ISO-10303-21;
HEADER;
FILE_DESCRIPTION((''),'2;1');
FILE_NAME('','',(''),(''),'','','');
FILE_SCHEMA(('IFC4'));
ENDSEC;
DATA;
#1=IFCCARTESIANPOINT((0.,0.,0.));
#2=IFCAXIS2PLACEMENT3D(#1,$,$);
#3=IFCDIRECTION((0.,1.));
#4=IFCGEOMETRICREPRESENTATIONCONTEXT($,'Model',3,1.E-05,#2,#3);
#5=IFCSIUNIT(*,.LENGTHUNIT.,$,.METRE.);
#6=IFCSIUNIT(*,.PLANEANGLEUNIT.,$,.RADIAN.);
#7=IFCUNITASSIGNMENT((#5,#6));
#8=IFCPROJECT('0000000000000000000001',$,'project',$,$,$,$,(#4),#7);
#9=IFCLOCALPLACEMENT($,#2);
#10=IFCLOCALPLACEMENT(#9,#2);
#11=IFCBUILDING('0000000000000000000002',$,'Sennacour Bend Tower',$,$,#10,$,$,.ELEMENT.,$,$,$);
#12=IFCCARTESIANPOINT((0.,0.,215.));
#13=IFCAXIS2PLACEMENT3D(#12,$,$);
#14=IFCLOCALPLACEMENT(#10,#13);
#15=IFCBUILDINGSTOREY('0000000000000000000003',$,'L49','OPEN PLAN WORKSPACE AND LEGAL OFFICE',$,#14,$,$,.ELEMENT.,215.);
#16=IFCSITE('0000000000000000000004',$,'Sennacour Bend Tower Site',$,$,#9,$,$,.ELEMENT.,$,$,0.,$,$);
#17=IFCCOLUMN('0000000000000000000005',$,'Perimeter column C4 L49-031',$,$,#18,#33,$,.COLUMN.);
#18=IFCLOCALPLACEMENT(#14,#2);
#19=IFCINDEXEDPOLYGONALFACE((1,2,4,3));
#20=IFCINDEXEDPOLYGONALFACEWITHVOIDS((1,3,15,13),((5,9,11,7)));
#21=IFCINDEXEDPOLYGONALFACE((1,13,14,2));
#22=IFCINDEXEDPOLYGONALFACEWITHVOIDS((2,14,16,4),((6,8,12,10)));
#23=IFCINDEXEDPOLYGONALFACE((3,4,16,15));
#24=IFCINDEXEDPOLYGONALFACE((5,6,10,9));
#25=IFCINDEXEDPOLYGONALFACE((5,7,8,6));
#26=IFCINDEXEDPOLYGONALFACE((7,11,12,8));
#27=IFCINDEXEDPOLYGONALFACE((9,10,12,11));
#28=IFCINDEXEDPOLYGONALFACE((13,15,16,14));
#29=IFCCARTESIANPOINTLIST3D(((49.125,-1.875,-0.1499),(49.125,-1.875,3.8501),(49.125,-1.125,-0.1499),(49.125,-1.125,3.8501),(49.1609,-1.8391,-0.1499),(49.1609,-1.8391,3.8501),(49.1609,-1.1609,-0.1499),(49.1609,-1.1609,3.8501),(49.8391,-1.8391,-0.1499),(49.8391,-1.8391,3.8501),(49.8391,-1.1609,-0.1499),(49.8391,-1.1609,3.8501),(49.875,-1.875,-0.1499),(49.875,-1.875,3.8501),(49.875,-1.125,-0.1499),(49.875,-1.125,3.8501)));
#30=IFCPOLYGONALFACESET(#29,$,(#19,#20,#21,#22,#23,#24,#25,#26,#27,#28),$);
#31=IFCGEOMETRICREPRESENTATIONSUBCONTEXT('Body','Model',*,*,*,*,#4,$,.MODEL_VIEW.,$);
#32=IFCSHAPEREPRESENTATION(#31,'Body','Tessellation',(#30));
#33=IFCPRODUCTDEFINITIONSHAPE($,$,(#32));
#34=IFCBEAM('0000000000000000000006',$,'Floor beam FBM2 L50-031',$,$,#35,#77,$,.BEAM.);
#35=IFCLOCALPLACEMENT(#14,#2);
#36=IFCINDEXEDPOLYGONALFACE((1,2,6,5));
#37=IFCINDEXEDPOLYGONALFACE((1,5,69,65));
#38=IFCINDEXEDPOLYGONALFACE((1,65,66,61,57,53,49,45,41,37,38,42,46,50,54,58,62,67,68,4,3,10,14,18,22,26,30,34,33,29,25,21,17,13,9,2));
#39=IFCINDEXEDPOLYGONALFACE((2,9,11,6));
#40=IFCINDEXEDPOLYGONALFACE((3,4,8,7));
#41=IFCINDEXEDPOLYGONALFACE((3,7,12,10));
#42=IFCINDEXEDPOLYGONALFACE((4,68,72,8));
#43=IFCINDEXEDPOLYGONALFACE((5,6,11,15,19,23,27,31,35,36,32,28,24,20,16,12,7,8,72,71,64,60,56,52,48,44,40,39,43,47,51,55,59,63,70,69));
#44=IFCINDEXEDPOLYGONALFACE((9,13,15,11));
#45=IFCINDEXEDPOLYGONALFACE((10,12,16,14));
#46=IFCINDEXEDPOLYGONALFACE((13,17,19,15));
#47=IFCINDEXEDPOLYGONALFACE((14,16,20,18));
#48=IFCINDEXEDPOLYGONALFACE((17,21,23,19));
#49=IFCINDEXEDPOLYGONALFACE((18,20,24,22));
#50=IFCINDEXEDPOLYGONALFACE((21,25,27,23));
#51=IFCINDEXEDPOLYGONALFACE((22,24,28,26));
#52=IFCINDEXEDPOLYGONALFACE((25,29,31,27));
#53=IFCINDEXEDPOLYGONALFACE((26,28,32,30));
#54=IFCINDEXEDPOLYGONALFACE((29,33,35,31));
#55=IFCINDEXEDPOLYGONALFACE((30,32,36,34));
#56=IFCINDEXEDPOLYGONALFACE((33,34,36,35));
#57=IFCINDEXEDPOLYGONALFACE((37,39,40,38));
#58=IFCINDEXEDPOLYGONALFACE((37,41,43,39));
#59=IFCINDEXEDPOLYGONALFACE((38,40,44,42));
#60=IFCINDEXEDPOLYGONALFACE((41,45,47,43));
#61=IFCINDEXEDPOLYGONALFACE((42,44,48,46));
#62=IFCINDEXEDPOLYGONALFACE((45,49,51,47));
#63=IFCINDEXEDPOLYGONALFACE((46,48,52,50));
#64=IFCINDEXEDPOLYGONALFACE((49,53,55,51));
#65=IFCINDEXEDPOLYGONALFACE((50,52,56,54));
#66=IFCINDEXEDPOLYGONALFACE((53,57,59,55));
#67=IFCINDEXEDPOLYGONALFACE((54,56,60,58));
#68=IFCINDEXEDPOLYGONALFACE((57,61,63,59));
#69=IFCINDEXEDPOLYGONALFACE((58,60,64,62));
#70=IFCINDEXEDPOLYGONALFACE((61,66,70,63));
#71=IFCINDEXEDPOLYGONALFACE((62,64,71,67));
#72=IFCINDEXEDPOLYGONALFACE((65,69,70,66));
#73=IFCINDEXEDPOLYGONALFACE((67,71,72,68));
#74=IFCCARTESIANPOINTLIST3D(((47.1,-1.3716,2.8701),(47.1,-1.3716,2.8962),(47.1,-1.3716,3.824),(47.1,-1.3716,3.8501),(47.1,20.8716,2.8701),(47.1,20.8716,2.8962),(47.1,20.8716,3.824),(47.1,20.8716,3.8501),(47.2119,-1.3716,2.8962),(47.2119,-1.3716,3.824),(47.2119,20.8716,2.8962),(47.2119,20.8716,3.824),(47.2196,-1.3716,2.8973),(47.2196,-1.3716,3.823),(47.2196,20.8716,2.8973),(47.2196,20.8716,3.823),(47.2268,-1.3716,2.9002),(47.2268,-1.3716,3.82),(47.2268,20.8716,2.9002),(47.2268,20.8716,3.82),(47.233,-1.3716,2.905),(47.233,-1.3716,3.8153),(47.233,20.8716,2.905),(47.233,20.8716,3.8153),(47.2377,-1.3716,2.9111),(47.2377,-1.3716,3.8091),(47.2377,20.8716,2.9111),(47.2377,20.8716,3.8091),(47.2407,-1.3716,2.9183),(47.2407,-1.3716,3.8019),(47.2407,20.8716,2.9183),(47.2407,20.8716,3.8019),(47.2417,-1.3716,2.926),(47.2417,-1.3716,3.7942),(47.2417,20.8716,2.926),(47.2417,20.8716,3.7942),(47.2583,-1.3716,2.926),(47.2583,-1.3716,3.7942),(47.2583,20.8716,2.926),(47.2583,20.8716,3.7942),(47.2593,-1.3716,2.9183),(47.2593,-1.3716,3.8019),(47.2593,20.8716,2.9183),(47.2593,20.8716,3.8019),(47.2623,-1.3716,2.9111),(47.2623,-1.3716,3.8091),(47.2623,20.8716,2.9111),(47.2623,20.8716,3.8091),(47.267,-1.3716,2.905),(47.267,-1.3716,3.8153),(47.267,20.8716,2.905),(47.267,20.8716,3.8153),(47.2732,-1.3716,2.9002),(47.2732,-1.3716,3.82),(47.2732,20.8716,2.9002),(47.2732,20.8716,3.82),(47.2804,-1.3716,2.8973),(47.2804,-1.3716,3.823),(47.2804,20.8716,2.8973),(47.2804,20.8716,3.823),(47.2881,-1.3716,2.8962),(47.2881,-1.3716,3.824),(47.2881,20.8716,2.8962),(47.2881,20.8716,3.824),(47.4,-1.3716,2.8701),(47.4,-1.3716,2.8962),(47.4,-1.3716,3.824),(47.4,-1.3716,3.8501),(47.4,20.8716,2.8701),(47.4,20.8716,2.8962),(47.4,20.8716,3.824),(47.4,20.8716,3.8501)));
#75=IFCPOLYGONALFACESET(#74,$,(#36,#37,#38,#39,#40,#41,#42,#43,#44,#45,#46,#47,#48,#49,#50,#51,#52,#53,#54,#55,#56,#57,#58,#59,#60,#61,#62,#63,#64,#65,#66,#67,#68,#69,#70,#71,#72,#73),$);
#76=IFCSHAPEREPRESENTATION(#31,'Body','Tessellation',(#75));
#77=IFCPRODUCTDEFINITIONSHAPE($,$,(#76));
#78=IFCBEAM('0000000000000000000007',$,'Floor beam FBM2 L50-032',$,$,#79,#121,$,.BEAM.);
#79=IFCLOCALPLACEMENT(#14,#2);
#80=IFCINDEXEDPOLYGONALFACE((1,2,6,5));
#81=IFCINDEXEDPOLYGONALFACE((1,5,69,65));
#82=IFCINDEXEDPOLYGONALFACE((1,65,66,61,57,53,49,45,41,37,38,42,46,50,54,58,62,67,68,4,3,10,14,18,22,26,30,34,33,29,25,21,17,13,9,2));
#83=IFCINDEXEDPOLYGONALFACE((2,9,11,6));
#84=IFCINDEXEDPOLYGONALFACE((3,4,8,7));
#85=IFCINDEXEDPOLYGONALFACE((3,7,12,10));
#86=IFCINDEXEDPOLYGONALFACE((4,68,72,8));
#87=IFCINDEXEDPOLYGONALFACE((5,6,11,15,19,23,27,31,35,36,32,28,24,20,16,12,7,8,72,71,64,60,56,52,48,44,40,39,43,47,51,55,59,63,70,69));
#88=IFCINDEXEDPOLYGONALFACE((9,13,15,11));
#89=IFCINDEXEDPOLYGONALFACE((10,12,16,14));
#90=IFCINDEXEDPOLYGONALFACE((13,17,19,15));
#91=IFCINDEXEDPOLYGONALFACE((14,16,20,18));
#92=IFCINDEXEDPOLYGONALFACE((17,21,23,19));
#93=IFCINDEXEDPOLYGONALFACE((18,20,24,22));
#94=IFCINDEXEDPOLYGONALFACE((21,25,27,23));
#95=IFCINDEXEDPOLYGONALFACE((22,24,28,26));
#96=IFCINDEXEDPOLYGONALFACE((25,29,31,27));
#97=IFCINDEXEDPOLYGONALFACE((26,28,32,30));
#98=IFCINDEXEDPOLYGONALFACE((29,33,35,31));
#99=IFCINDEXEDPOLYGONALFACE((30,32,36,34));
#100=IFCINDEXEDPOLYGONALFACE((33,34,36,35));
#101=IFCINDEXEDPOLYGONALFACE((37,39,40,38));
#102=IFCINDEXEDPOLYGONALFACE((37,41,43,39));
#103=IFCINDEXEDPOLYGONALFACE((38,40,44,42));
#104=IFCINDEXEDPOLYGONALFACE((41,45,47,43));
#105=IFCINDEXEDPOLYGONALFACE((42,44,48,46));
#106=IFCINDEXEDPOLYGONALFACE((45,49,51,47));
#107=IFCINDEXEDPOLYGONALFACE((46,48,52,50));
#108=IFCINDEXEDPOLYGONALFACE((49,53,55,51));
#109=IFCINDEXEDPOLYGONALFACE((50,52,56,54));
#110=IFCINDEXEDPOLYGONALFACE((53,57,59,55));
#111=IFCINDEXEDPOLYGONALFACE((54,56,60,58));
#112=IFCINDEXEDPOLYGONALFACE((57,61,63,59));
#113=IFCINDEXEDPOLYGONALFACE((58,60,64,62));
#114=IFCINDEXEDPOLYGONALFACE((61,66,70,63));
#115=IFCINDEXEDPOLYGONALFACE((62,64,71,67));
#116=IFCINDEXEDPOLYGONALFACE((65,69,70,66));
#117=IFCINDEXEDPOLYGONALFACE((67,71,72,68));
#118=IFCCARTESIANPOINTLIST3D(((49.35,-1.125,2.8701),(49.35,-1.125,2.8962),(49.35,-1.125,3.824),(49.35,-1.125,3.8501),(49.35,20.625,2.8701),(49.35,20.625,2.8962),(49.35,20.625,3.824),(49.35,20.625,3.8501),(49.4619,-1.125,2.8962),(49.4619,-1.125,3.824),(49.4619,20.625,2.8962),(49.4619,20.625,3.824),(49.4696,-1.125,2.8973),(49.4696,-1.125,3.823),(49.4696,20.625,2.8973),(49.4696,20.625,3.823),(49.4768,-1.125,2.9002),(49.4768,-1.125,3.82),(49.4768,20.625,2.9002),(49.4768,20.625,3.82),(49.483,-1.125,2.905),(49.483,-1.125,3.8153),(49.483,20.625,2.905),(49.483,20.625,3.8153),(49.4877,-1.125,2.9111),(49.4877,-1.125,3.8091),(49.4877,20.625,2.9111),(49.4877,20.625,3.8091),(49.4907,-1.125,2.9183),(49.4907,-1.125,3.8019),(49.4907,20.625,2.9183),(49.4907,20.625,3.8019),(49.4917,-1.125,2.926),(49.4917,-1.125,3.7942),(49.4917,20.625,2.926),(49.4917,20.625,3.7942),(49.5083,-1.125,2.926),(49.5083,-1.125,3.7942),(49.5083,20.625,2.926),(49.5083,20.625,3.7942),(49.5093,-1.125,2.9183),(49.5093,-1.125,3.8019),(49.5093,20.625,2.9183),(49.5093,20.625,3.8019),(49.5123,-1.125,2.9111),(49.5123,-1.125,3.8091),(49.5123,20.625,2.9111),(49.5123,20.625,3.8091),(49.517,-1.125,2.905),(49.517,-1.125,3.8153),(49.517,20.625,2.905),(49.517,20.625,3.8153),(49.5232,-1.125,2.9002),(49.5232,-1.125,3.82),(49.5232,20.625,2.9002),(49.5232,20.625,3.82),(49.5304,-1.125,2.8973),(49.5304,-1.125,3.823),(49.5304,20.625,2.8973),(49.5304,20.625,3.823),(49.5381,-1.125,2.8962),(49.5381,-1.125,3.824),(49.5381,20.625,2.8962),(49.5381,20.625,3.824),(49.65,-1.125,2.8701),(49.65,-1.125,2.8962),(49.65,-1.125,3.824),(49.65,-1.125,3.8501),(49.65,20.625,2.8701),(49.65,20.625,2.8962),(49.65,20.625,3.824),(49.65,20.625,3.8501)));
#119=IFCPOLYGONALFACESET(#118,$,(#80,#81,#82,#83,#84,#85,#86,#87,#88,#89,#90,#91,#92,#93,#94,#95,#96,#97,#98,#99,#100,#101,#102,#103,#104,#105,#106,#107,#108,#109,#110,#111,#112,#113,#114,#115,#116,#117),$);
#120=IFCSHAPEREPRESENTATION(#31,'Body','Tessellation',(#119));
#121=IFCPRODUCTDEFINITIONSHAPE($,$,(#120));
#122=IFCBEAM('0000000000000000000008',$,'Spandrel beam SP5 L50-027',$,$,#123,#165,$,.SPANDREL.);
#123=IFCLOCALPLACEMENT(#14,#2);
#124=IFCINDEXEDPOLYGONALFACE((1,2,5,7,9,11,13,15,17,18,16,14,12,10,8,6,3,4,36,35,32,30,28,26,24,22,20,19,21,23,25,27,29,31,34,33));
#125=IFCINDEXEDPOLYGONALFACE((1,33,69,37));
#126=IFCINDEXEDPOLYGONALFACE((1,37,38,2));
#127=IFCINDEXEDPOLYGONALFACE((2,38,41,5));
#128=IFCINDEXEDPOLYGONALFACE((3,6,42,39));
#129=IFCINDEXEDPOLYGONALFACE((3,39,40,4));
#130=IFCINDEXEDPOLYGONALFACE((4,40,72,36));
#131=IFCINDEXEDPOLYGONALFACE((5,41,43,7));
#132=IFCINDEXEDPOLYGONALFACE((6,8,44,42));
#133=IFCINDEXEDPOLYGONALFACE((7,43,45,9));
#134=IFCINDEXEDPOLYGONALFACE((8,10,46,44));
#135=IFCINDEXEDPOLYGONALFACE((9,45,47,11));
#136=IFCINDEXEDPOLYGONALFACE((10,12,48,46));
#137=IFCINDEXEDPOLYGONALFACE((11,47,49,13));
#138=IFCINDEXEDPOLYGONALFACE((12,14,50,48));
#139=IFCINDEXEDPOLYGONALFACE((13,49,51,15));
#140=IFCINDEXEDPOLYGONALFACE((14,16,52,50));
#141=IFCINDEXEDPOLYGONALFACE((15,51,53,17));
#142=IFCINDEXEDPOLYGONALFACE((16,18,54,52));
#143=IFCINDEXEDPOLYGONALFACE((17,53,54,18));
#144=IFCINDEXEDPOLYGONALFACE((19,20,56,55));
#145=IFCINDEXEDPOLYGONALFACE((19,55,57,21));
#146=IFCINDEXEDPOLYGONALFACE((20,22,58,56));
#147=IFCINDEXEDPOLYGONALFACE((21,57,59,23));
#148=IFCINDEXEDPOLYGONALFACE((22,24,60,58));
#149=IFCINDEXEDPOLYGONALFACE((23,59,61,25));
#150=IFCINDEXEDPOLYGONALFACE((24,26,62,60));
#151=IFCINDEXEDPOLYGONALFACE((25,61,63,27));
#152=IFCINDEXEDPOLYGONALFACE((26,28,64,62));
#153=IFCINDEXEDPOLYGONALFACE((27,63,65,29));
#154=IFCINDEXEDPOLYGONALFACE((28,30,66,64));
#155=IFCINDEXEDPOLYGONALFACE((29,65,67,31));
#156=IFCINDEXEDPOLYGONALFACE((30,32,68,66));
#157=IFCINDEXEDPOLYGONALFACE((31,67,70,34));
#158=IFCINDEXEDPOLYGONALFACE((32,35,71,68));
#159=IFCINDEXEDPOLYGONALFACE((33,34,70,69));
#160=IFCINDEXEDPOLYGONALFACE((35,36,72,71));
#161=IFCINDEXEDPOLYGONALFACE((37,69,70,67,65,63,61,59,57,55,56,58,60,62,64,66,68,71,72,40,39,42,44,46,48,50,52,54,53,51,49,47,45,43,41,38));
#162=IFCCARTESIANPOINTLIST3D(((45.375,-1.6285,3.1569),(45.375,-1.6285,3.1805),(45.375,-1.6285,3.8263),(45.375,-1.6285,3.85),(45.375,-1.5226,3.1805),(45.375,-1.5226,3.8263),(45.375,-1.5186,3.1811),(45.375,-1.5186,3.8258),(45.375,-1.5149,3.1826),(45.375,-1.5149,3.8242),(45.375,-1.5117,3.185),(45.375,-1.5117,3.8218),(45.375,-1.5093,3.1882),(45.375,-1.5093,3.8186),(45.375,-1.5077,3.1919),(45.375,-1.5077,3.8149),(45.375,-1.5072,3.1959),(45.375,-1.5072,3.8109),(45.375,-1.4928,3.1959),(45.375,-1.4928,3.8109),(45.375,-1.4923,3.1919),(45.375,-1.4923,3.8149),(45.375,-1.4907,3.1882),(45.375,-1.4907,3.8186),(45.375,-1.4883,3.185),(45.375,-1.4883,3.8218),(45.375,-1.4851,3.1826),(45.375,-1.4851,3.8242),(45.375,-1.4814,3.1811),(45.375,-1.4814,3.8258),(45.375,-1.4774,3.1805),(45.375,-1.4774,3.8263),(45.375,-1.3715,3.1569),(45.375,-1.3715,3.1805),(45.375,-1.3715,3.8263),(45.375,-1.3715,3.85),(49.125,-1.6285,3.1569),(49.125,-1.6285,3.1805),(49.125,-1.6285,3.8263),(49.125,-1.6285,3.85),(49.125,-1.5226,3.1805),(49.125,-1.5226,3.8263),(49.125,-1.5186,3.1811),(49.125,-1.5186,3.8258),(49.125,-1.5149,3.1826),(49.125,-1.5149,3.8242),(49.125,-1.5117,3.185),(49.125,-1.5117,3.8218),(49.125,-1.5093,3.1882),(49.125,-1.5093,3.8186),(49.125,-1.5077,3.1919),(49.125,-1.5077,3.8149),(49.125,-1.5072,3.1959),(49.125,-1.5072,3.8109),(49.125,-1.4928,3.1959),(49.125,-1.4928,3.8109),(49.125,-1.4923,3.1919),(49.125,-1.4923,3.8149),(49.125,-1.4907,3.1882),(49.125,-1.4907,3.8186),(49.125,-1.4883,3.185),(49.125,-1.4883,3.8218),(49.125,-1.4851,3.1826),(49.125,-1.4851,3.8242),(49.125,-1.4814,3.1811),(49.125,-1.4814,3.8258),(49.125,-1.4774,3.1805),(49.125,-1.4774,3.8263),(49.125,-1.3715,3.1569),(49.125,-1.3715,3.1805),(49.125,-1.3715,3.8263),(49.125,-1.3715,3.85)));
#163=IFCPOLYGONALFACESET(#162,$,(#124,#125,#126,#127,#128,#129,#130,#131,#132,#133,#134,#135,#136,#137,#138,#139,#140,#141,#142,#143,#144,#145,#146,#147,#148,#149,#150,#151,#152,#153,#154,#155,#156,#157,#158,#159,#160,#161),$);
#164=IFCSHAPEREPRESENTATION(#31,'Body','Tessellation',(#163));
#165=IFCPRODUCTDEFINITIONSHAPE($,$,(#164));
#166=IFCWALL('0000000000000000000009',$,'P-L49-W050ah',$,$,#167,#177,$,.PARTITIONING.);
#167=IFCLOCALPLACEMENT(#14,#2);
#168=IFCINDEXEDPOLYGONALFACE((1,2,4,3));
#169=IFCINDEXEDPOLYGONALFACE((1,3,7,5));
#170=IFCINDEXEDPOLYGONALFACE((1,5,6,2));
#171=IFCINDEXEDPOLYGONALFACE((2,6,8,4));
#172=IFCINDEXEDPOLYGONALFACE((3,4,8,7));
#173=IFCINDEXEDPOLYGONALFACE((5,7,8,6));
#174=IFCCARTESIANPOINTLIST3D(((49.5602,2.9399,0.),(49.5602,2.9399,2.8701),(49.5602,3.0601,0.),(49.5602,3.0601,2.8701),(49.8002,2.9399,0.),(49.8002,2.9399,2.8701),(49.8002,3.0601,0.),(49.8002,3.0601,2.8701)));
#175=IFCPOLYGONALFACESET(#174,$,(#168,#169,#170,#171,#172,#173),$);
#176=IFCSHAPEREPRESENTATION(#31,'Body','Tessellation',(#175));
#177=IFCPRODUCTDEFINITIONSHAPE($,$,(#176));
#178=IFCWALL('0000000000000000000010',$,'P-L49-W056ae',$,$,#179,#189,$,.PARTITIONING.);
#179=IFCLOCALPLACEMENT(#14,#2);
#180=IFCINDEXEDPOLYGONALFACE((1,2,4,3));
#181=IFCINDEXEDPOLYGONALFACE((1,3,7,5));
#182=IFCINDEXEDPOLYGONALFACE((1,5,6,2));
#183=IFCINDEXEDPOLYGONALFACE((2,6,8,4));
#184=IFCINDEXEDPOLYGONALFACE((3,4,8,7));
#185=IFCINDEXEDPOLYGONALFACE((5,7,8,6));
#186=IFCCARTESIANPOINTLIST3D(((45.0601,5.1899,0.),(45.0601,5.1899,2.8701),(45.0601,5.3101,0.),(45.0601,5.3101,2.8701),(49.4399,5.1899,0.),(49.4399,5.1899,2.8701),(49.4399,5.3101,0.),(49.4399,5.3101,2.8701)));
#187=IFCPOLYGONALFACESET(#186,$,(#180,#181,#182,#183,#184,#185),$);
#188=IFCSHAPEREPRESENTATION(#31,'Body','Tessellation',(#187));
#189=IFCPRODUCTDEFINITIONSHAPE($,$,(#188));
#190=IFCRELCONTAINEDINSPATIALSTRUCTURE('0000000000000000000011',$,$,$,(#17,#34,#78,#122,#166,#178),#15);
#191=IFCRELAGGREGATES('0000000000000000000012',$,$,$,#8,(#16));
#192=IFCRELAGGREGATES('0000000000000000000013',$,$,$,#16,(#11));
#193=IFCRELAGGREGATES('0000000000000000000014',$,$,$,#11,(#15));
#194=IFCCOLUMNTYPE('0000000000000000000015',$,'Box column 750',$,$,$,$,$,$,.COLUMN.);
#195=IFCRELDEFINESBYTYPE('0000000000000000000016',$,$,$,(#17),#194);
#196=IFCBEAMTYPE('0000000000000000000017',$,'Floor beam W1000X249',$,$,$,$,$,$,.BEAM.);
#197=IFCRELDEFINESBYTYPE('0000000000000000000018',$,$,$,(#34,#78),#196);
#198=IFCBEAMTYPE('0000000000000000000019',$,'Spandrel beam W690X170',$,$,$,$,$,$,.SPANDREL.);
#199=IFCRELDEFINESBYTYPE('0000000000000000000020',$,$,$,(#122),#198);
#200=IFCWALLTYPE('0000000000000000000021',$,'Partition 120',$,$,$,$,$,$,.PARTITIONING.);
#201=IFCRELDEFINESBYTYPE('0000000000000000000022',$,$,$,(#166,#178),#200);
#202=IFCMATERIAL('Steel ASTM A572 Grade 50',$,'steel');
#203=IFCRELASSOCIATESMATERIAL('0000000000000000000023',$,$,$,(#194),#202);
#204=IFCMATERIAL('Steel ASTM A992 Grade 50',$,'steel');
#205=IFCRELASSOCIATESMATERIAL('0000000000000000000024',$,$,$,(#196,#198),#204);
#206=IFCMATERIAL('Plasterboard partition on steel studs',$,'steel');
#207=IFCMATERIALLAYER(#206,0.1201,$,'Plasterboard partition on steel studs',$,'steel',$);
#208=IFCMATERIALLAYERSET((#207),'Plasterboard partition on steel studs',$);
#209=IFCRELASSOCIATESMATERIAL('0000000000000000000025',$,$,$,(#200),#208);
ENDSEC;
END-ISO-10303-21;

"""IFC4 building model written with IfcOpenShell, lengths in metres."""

from ifc_helpers import new_model, si_unit, direction, frame, frame_2d, origin, origin_2d, place, context, subcontext, project, spatial, rectangle, hollow_rectangle, i_section, extrude, material, layer, layer_set, material_profile, profile_set, type_object, element, save


model = new_model("IFC4")

# Units and contexts
model_context = context("Model", 3, precision=1e-05, world=origin(), true_north=direction((0.0, 1.0)))
body_context = subcontext(model_context, "Body", "Model", "MODEL_VIEW")
ifc_project = project(units=[si_unit("LENGTHUNIT", "METRE"), si_unit("PLANEANGLEUNIT", "RADIAN")], contexts=[model_context])

# Site, building, storey
site_placement = place(None, origin())
site = spatial("IfcSite", under=ifc_project, at=site_placement, Name="Sennacour Bend Tower Site", CompositionType="ELEMENT", RefElevation=0.0)
building_placement = place(site_placement, origin())
building = spatial("IfcBuilding", under=site, at=building_placement, Name="Sennacour Bend Tower", CompositionType="ELEMENT")
storey_placement = place(building_placement, frame((0.0, 0.0, 215.0)))
storey = spatial("IfcBuildingStorey", under=building, at=storey_placement, Name="L49", Description="OPEN PLAN WORKSPACE AND LEGAL OFFICE", CompositionType="ELEMENT", Elevation=215.0)

# Column
ifc_material_1 = material(Name="Steel ASTM A572 Grade 50", Category="steel")
ifc_material_profile_1 = material_profile(ifc_material_1, hollow_rectangle(XDim=0.75, YDim=0.75, WallThickness=0.0359, at=origin_2d()), Name="Steel ASTM A572 Grade 50", Category="steel")
ifc_profile_set_1 = profile_set([ifc_material_profile_1], Name="Steel ASTM A572 Grade 50")
column_type = type_object("IfcColumnType", Name="Box column 750", PredefinedType="COLUMN", material=ifc_profile_set_1)
column_placement = place(storey_placement, frame((49.5, -1.5, -0.1499), z_axis=(0.0, 0.0, 1.0), x_axis=(1.0, 0.0, 0.0)))
element("IfcColumn", 1, at=column_placement, inside=storey, type_object=column_type, Name="Perimeter column C4 L49-031", PredefinedType="COLUMN", context=body_context, shape_type="SweptSolid", body=[
    extrude(hollow_rectangle(XDim=0.75, YDim=0.75, WallThickness=0.0359, at=origin_2d()), origin(), (0.0, 0.0, 1.0), 4.0),
])

# Beams
ifc_material_2 = material(Name="Steel ASTM A992 Grade 50", Category="steel")
ifc_material_profile_2 = material_profile(ifc_material_2, i_section(OverallWidth=0.3, OverallDepth=0.98, WebThickness=0.0166, FlangeThickness=0.0261, FilletRadius=0.0298, at=origin_2d()), Name="Steel ASTM A992 Grade 50", Category="steel")
ifc_profile_set_2 = profile_set([ifc_material_profile_2], Name="Steel ASTM A992 Grade 50")
beam_type_1 = type_object("IfcBeamType", Name="Floor beam W1000X249", PredefinedType="BEAM", material=ifc_profile_set_2)
beam_1_placement = place(storey_placement, frame((47.25, -1.3716, 3.3601), z_axis=(0.0, 1.0, 0.0), x_axis=(-1.0, 0.0, 0.0)))
element("IfcBeam", 2, at=beam_1_placement, inside=storey, type_object=beam_type_1, Name="Floor beam FBM2 L50-031", PredefinedType="BEAM", context=body_context, shape_type="SweptSolid", body=[
    extrude(i_section(OverallWidth=0.3, OverallDepth=0.98, WebThickness=0.0166, FlangeThickness=0.0261, FilletRadius=0.0298, at=origin_2d()), origin(), (0.0, 0.0, 1.0), 22.2432),
])
beam_2_placement = place(storey_placement, frame((49.5, -1.125, 3.3601), z_axis=(0.0, 1.0, 0.0), x_axis=(-1.0, 0.0, 0.0)))
element("IfcBeam", 3, at=beam_2_placement, inside=storey, type_object=beam_type_1, Name="Floor beam FBM2 L50-032", PredefinedType="BEAM", context=body_context, shape_type="SweptSolid", body=[
    extrude(i_section(OverallWidth=0.3, OverallDepth=0.98, WebThickness=0.0166, FlangeThickness=0.0261, FilletRadius=0.0298, at=origin_2d()), origin(), (0.0, 0.0, 1.0), 21.75),
])
ifc_material_profile_3 = material_profile(ifc_material_2, i_section(OverallWidth=0.2571, OverallDepth=0.6931, WebThickness=0.0144, FlangeThickness=0.0237, FilletRadius=0.0154, at=origin_2d()), Name="Steel ASTM A992 Grade 50", Category="steel")
ifc_profile_set_3 = profile_set([ifc_material_profile_3], Name="Steel ASTM A992 Grade 50")
beam_type_2 = type_object("IfcBeamType", Name="Spandrel beam W690X170", PredefinedType="SPANDREL", material=ifc_profile_set_3)
beam_3_placement = place(storey_placement, frame((49.125, -1.5, 3.5034), z_axis=(-1.0, 0.0, 0.0), x_axis=(0.0, -1.0, 0.0)))
element("IfcBeam", 4, at=beam_3_placement, inside=storey, type_object=beam_type_2, Name="Spandrel beam SP5 L50-027", PredefinedType="SPANDREL", context=body_context, shape_type="SweptSolid", body=[
    extrude(i_section(OverallWidth=0.2571, OverallDepth=0.6931, WebThickness=0.0144, FlangeThickness=0.0237, FilletRadius=0.0154, at=origin_2d()), origin(), (0.0, 0.0, 1.0), 3.75),
])

# Walls
ifc_material_3 = material(Name="Plasterboard partition on steel studs", Category="steel")
ifc_layer_1 = layer(ifc_material_3, 0.1201, Name="Plasterboard partition on steel studs", Category="steel")
ifc_layer_set_1 = layer_set([ifc_layer_1], Name="Plasterboard partition on steel studs")
wall_type_1 = type_object("IfcWallType", Name="Partition 120", PredefinedType="PARTITIONING", material=ifc_layer_set_1)
wall_1_placement = place(storey_placement, frame((49.5601, 3.0, 0.0), z_axis=(0.0, 0.0, 1.0), x_axis=(1.0, 0.0, 0.0)))
element("IfcWall", 5, at=wall_1_placement, inside=storey, type_object=wall_type_1, Name="P-L49-W050ah", PredefinedType="PARTITIONING", context=body_context, shape_type="SweptSolid", body=[
    extrude(rectangle(XDim=0.24, YDim=0.1201, at=frame_2d((0.1201, 0.0))), origin(), (0.0, 0.0, 1.0), 2.8701),
])
wall_2_placement = place(storey_placement, frame((45.0601, 5.25, 0.0), z_axis=(0.0, 0.0, 1.0), x_axis=(1.0, 0.0, 0.0)))
element("IfcWall", 6, at=wall_2_placement, inside=storey, type_object=wall_type_1, Name="P-L49-W056ae", PredefinedType="PARTITIONING", context=body_context, shape_type="SweptSolid", body=[
    extrude(rectangle(XDim=4.3799, YDim=0.1201, at=frame_2d((2.1899, 0.0))), origin(), (0.0, 0.0, 1.0), 2.8701),
])

save(model, "model.ifc")
